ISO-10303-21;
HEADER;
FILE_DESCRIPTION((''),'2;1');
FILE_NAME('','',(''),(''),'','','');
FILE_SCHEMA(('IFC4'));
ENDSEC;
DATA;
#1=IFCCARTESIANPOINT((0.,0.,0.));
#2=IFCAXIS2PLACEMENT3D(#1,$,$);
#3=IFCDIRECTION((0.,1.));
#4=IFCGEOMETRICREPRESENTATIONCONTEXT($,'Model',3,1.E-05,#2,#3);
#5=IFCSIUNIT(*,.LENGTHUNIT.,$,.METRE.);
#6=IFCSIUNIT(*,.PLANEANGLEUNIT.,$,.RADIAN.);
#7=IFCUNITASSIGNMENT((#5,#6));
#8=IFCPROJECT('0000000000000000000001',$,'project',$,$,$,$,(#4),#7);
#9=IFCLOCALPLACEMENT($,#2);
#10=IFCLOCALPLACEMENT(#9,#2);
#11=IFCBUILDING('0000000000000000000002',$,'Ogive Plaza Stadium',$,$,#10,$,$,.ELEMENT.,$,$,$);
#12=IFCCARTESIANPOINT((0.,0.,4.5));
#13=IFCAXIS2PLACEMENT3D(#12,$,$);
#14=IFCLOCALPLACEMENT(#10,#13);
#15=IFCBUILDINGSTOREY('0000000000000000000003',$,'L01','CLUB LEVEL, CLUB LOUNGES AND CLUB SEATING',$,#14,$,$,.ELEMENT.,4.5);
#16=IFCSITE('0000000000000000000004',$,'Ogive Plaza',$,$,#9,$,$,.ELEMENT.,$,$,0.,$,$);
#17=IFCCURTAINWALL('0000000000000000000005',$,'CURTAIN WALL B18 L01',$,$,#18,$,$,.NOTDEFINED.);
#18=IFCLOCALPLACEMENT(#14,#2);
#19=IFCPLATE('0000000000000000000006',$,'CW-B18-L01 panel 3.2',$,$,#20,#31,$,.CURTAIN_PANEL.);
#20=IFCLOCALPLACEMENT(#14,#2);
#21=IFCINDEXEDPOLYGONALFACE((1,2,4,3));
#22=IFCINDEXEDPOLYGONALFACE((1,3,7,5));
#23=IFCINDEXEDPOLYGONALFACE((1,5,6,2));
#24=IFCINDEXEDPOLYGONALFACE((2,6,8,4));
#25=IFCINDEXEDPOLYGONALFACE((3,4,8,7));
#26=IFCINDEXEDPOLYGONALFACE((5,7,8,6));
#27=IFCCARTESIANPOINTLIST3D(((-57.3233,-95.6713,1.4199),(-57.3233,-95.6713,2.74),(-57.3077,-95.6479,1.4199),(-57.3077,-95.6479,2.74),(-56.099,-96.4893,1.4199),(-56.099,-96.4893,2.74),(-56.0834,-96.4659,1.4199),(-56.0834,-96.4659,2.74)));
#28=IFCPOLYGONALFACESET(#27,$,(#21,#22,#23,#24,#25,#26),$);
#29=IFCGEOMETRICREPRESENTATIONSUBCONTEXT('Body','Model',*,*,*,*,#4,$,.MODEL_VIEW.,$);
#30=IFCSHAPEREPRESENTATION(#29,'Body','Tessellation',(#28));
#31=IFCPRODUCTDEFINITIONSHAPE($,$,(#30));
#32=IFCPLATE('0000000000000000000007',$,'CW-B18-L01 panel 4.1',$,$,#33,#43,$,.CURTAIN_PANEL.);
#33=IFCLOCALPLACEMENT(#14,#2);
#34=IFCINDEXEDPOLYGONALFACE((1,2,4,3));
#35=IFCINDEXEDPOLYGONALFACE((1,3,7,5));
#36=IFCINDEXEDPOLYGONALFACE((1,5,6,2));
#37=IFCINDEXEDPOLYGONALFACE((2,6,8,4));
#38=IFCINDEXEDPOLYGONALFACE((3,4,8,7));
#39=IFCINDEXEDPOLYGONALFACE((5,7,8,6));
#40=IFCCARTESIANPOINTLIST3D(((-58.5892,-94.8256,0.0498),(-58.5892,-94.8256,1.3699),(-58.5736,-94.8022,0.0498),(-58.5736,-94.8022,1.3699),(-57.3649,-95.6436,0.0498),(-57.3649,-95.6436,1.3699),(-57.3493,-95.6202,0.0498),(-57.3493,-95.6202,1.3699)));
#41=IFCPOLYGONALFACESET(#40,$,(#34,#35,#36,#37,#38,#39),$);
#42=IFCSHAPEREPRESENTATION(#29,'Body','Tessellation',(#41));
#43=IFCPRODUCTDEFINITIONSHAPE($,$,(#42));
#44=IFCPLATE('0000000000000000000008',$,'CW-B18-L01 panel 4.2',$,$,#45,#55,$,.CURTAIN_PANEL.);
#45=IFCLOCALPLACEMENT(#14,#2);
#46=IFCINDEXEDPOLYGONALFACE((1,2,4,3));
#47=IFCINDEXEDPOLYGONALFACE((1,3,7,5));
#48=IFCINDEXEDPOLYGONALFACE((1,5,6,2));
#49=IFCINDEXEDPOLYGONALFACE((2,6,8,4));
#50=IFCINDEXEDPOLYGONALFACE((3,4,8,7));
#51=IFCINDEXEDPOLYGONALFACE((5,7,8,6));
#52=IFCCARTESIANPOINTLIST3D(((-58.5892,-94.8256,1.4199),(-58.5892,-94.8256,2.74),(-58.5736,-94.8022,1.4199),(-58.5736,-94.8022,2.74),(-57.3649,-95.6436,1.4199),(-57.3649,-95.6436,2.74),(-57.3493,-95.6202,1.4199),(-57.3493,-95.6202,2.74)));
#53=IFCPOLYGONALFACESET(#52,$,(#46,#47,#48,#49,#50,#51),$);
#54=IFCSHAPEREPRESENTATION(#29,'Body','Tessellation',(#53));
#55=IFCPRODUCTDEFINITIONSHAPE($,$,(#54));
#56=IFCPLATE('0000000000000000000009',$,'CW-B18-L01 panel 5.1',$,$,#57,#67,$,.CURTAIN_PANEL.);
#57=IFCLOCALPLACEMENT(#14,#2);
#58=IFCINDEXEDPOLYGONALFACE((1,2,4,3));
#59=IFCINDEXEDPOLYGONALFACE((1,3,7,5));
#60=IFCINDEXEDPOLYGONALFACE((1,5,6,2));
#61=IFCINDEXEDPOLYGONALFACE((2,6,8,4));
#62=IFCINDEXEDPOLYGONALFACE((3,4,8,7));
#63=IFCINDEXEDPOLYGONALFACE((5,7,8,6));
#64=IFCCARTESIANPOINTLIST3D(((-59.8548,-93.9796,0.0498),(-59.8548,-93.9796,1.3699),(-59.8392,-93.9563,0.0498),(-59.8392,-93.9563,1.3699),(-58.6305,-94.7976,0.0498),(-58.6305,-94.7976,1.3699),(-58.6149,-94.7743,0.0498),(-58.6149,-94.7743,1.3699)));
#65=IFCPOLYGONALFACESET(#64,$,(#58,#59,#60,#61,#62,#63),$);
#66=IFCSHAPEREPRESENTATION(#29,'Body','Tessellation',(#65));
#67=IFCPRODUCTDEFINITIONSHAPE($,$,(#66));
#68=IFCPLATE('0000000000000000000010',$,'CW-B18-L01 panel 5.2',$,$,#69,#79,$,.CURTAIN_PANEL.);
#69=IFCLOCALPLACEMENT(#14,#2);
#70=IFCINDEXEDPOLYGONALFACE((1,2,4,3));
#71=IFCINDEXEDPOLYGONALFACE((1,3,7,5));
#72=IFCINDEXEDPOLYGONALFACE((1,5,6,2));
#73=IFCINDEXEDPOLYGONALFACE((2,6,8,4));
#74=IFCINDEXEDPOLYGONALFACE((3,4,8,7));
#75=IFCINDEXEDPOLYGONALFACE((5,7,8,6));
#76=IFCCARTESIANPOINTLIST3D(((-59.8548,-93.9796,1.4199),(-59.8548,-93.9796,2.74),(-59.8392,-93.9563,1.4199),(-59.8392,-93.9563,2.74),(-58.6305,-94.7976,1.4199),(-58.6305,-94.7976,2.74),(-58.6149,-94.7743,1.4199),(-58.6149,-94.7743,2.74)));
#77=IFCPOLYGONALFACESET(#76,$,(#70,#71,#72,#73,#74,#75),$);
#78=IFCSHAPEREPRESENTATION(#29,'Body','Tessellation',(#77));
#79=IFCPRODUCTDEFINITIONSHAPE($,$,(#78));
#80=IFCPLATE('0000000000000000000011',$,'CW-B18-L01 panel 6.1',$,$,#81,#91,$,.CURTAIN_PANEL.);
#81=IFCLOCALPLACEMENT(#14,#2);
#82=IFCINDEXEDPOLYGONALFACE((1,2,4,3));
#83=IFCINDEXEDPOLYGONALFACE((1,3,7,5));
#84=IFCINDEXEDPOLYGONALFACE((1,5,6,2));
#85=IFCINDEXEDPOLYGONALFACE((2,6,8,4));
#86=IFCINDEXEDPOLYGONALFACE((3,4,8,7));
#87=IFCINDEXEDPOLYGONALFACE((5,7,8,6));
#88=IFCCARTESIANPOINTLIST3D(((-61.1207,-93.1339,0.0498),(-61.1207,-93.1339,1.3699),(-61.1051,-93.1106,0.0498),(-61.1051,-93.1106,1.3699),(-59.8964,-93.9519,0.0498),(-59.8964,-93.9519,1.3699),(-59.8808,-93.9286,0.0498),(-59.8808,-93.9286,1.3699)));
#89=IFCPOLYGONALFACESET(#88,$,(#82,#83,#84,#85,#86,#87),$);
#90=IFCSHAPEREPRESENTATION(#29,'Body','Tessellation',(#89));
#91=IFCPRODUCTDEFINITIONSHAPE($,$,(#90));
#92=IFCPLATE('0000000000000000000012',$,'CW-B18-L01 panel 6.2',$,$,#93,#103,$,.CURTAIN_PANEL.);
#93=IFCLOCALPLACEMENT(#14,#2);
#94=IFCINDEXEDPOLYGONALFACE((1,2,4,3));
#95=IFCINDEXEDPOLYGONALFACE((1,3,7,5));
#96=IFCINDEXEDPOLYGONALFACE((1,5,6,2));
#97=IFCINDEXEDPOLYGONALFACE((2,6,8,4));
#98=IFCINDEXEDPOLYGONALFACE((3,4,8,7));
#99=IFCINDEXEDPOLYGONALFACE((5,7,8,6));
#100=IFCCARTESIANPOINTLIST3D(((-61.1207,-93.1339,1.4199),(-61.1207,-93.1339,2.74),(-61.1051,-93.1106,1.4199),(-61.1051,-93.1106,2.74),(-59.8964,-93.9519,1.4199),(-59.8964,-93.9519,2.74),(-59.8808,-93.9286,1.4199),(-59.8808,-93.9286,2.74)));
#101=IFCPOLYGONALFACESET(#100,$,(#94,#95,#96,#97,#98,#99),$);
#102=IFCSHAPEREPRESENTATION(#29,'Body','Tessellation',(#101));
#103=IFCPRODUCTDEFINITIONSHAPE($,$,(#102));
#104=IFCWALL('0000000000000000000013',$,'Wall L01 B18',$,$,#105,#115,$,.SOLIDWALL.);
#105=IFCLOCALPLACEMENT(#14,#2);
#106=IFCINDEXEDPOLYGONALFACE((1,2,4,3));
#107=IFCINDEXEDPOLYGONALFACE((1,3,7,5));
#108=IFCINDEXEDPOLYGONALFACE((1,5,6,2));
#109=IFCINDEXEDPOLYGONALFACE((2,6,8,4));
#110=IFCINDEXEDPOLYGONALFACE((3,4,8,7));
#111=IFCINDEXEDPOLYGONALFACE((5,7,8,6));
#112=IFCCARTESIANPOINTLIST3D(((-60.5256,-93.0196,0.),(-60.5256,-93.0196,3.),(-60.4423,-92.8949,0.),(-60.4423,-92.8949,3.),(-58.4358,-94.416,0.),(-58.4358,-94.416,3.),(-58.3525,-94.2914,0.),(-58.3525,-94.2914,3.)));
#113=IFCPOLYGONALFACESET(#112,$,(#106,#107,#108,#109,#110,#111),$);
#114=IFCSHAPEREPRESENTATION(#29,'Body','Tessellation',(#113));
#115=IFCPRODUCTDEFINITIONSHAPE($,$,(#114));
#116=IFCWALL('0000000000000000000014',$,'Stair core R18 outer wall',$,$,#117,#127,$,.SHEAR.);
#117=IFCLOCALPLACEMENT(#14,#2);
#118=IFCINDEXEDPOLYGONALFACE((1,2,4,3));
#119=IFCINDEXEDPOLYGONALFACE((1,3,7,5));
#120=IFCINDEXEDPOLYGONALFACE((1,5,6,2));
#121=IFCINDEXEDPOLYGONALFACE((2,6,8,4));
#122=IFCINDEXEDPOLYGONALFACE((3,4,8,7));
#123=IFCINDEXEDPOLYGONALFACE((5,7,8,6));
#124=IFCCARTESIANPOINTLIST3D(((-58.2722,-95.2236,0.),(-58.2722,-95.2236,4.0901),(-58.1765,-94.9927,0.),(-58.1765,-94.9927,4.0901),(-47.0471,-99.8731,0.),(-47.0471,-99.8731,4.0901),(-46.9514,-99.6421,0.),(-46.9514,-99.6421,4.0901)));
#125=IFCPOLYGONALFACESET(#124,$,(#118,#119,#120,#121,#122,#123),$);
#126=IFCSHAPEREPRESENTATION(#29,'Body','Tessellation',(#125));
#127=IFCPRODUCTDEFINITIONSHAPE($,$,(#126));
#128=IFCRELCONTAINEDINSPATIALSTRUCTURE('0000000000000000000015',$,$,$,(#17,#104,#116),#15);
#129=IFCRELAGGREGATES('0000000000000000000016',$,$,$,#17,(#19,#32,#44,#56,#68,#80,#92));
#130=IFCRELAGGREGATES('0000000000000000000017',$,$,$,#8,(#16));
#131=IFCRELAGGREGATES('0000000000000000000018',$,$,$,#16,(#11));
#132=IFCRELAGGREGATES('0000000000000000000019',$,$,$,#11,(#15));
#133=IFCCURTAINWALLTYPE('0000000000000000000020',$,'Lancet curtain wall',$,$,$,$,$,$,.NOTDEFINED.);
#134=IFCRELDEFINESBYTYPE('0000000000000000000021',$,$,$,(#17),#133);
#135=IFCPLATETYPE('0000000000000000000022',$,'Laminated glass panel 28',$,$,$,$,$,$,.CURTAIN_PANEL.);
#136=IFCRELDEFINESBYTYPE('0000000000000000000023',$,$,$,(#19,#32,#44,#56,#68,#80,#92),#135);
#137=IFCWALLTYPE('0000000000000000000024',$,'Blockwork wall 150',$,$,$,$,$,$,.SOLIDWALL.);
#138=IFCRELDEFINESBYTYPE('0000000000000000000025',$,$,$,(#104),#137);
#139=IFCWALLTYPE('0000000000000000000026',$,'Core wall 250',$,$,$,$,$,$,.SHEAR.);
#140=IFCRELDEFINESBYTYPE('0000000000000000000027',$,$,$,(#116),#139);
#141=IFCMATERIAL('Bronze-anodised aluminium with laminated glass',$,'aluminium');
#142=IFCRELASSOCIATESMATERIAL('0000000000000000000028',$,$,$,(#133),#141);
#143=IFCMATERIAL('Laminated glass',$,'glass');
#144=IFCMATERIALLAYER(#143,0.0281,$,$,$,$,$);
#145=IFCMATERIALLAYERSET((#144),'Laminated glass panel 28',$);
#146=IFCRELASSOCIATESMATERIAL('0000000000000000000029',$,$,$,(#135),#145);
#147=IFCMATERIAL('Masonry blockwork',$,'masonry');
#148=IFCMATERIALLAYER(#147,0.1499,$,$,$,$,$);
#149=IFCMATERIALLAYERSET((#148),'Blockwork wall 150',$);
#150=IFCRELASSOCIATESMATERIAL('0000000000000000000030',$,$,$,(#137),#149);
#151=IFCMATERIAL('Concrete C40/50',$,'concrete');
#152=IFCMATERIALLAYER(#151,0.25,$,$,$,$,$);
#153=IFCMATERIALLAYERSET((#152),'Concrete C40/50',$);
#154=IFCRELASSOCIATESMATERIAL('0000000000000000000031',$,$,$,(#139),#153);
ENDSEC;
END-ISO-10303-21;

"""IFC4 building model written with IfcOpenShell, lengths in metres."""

from ifc_helpers import new_model, si_unit, direction, frame, frame_2d, origin, origin_2d, place, context, subcontext, project, spatial, rectangle, extrude, material, layer, layer_set, type_object, element, aggregate, save


model = new_model("IFC4")

# Units and contexts
model_context = context("Model", 3, precision=1e-05, world=origin(), true_north=direction((0.0, 1.0)))
body_context = subcontext(model_context, "Body", "Model", "MODEL_VIEW")
ifc_project = project(units=[si_unit("LENGTHUNIT", "METRE"), si_unit("PLANEANGLEUNIT", "RADIAN")], contexts=[model_context])

# Site, building, storey
site_placement = place(None, origin())
site = spatial("IfcSite", under=ifc_project, at=site_placement, Name="Ogive Plaza", CompositionType="ELEMENT", RefElevation=0.0)
building_placement = place(site_placement, origin())
building = spatial("IfcBuilding", under=site, at=building_placement, Name="Ogive Plaza Stadium", CompositionType="ELEMENT")
storey_placement = place(building_placement, frame((0.0, 0.0, 4.5)))
storey = spatial("IfcBuildingStorey", under=building, at=storey_placement, Name="L01", Description="CLUB LEVEL, CLUB LOUNGES AND CLUB SEATING", CompositionType="ELEMENT", Elevation=4.5)

# Curtain wall, plates
ifc_material_1 = material(Name="Bronze-anodised aluminium with laminated glass", Category="aluminium")
curtain_wall_type = type_object("IfcCurtainWallType", Name="Lancet curtain wall", PredefinedType="NOTDEFINED", material=ifc_material_1)
curtain_wall_placement = place(storey_placement, origin())
curtain_wall = element("IfcCurtainWall", 1, at=curtain_wall_placement, inside=storey, type_object=curtain_wall_type, Name="CURTAIN WALL B18 L01", PredefinedType="NOTDEFINED")
ifc_material_2 = material(Name="Laminated glass", Category="glass")
ifc_layer_1 = layer(ifc_material_2, 0.0281)
ifc_layer_set_1 = layer_set([ifc_layer_1], Name="Laminated glass panel 28")
plate_type = type_object("IfcPlateType", Name="Laminated glass panel 28", PredefinedType="CURTAIN_PANEL", material=ifc_layer_set_1)
plate_1_placement = place(storey_placement, frame((-56.7034, -96.0686, 1.4199), z_axis=(0.0, 0.0, 1.0), x_axis=(-0.83147, 0.55557, 0.0)))
plate_1 = element("IfcPlate", 2, at=plate_1_placement, type_object=plate_type, Name="CW-B18-L01 panel 3.2", PredefinedType="CURTAIN_PANEL", context=body_context, shape_type="SweptSolid", body=[
    extrude(rectangle(XDim=1.4724, YDim=0.0281, at=origin_2d()), origin(), (0.0, 0.0, 1.0), 1.3201),
])
plate_2_placement = place(storey_placement, frame((-57.9692, -95.2229, 0.0498), z_axis=(0.0, 0.0, 1.0), x_axis=(-0.83147, 0.55557, 0.0)))
plate_2 = element("IfcPlate", 3, at=plate_2_placement, type_object=plate_type, Name="CW-B18-L01 panel 4.1", PredefinedType="CURTAIN_PANEL", context=body_context, shape_type="SweptSolid", body=[
    extrude(rectangle(XDim=1.4724, YDim=0.0281, at=origin_2d()), origin(), (0.0, 0.0, 1.0), 1.3201),
])
plate_3_placement = place(storey_placement, frame((-57.9692, -95.2229, 1.4199), z_axis=(0.0, 0.0, 1.0), x_axis=(-0.83147, 0.55557, 0.0)))
plate_3 = element("IfcPlate", 4, at=plate_3_placement, type_object=plate_type, Name="CW-B18-L01 panel 4.2", PredefinedType="CURTAIN_PANEL", context=body_context, shape_type="SweptSolid", body=[
    extrude(rectangle(XDim=1.4724, YDim=0.0281, at=origin_2d()), origin(), (0.0, 0.0, 1.0), 1.3201),
])
plate_4_placement = place(storey_placement, frame((-59.2349, -94.377, 0.0498), z_axis=(0.0, 0.0, 1.0), x_axis=(-0.83147, 0.55557, 0.0)))
plate_4 = element("IfcPlate", 5, at=plate_4_placement, type_object=plate_type, Name="CW-B18-L01 panel 5.1", PredefinedType="CURTAIN_PANEL", context=body_context, shape_type="SweptSolid", body=[
    extrude(rectangle(XDim=1.4724, YDim=0.0281, at=origin_2d()), origin(), (0.0, 0.0, 1.0), 1.3201),
])
plate_5_placement = place(storey_placement, frame((-59.2349, -94.377, 1.4199), z_axis=(0.0, 0.0, 1.0), x_axis=(-0.83147, 0.55557, 0.0)))
plate_5 = element("IfcPlate", 6, at=plate_5_placement, type_object=plate_type, Name="CW-B18-L01 panel 5.2", PredefinedType="CURTAIN_PANEL", context=body_context, shape_type="SweptSolid", body=[
    extrude(rectangle(XDim=1.4724, YDim=0.0281, at=origin_2d()), origin(), (0.0, 0.0, 1.0), 1.3201),
])
plate_6_placement = place(storey_placement, frame((-60.5007, -93.5312, 0.0498), z_axis=(0.0, 0.0, 1.0), x_axis=(-0.83147, 0.55557, 0.0)))
plate_6 = element("IfcPlate", 7, at=plate_6_placement, type_object=plate_type, Name="CW-B18-L01 panel 6.1", PredefinedType="CURTAIN_PANEL", context=body_context, shape_type="SweptSolid", body=[
    extrude(rectangle(XDim=1.4724, YDim=0.0281, at=origin_2d()), origin(), (0.0, 0.0, 1.0), 1.3201),
])
plate_7_placement = place(storey_placement, frame((-60.5007, -93.5312, 1.4199), z_axis=(0.0, 0.0, 1.0), x_axis=(-0.83147, 0.55557, 0.0)))
plate_7 = element("IfcPlate", 8, at=plate_7_placement, type_object=plate_type, Name="CW-B18-L01 panel 6.2", PredefinedType="CURTAIN_PANEL", context=body_context, shape_type="SweptSolid", body=[
    extrude(rectangle(XDim=1.4724, YDim=0.0281, at=origin_2d()), origin(), (0.0, 0.0, 1.0), 1.3201),
])
aggregate(curtain_wall, [plate_1, plate_2, plate_3, plate_4, plate_5, plate_6, plate_7])

# Walls
ifc_material_3 = material(Name="Masonry blockwork", Category="masonry")
ifc_layer_2 = layer(ifc_material_3, 0.1499)
ifc_layer_set_2 = layer_set([ifc_layer_2], Name="Blockwork wall 150")
wall_type_1 = type_object("IfcWallType", Name="Blockwork wall 150", PredefinedType="SOLIDWALL", material=ifc_layer_set_2)
wall_1_placement = place(storey_placement, frame((-58.394, -94.3538, 0.0), z_axis=(0.0, 0.0, 1.0), x_axis=(-0.831452, 0.555596, 0.0)))
element("IfcWall", 9, at=wall_1_placement, inside=storey, type_object=wall_type_1, Name="Wall L01 B18", PredefinedType="SOLIDWALL", context=body_context, shape_type="SweptSolid", body=[
    extrude(rectangle(XDim=2.5134, YDim=0.1499, at=frame_2d((1.2568, 0.0))), origin(), (0.0, 0.0, 1.0), 3.0),
])
ifc_material_4 = material(Name="Concrete C40/50", Category="concrete")
ifc_layer_3 = layer(ifc_material_4, 0.25)
ifc_layer_set_3 = layer_set([ifc_layer_3], Name="Concrete C40/50")
wall_type_2 = type_object("IfcWallType", Name="Core wall 250", PredefinedType="SHEAR", material=ifc_layer_set_3)
wall_2_placement = place(storey_placement, frame((-58.2244, -95.1082, 0.0), z_axis=(0.0, 0.0, 1.0), x_axis=(0.923885, -0.382671, 0.0)))
element("IfcWall", 10, at=wall_2_placement, inside=storey, type_object=wall_type_2, Name="Stair core R18 outer wall", PredefinedType="SHEAR", context=body_context, shape_type="SweptSolid", body=[
    extrude(rectangle(XDim=12.1499, YDim=0.25, at=frame_2d((6.075, 0.0))), origin(), (0.0, 0.0, 1.0), 4.0901),
])

save(model, "model.ifc")
